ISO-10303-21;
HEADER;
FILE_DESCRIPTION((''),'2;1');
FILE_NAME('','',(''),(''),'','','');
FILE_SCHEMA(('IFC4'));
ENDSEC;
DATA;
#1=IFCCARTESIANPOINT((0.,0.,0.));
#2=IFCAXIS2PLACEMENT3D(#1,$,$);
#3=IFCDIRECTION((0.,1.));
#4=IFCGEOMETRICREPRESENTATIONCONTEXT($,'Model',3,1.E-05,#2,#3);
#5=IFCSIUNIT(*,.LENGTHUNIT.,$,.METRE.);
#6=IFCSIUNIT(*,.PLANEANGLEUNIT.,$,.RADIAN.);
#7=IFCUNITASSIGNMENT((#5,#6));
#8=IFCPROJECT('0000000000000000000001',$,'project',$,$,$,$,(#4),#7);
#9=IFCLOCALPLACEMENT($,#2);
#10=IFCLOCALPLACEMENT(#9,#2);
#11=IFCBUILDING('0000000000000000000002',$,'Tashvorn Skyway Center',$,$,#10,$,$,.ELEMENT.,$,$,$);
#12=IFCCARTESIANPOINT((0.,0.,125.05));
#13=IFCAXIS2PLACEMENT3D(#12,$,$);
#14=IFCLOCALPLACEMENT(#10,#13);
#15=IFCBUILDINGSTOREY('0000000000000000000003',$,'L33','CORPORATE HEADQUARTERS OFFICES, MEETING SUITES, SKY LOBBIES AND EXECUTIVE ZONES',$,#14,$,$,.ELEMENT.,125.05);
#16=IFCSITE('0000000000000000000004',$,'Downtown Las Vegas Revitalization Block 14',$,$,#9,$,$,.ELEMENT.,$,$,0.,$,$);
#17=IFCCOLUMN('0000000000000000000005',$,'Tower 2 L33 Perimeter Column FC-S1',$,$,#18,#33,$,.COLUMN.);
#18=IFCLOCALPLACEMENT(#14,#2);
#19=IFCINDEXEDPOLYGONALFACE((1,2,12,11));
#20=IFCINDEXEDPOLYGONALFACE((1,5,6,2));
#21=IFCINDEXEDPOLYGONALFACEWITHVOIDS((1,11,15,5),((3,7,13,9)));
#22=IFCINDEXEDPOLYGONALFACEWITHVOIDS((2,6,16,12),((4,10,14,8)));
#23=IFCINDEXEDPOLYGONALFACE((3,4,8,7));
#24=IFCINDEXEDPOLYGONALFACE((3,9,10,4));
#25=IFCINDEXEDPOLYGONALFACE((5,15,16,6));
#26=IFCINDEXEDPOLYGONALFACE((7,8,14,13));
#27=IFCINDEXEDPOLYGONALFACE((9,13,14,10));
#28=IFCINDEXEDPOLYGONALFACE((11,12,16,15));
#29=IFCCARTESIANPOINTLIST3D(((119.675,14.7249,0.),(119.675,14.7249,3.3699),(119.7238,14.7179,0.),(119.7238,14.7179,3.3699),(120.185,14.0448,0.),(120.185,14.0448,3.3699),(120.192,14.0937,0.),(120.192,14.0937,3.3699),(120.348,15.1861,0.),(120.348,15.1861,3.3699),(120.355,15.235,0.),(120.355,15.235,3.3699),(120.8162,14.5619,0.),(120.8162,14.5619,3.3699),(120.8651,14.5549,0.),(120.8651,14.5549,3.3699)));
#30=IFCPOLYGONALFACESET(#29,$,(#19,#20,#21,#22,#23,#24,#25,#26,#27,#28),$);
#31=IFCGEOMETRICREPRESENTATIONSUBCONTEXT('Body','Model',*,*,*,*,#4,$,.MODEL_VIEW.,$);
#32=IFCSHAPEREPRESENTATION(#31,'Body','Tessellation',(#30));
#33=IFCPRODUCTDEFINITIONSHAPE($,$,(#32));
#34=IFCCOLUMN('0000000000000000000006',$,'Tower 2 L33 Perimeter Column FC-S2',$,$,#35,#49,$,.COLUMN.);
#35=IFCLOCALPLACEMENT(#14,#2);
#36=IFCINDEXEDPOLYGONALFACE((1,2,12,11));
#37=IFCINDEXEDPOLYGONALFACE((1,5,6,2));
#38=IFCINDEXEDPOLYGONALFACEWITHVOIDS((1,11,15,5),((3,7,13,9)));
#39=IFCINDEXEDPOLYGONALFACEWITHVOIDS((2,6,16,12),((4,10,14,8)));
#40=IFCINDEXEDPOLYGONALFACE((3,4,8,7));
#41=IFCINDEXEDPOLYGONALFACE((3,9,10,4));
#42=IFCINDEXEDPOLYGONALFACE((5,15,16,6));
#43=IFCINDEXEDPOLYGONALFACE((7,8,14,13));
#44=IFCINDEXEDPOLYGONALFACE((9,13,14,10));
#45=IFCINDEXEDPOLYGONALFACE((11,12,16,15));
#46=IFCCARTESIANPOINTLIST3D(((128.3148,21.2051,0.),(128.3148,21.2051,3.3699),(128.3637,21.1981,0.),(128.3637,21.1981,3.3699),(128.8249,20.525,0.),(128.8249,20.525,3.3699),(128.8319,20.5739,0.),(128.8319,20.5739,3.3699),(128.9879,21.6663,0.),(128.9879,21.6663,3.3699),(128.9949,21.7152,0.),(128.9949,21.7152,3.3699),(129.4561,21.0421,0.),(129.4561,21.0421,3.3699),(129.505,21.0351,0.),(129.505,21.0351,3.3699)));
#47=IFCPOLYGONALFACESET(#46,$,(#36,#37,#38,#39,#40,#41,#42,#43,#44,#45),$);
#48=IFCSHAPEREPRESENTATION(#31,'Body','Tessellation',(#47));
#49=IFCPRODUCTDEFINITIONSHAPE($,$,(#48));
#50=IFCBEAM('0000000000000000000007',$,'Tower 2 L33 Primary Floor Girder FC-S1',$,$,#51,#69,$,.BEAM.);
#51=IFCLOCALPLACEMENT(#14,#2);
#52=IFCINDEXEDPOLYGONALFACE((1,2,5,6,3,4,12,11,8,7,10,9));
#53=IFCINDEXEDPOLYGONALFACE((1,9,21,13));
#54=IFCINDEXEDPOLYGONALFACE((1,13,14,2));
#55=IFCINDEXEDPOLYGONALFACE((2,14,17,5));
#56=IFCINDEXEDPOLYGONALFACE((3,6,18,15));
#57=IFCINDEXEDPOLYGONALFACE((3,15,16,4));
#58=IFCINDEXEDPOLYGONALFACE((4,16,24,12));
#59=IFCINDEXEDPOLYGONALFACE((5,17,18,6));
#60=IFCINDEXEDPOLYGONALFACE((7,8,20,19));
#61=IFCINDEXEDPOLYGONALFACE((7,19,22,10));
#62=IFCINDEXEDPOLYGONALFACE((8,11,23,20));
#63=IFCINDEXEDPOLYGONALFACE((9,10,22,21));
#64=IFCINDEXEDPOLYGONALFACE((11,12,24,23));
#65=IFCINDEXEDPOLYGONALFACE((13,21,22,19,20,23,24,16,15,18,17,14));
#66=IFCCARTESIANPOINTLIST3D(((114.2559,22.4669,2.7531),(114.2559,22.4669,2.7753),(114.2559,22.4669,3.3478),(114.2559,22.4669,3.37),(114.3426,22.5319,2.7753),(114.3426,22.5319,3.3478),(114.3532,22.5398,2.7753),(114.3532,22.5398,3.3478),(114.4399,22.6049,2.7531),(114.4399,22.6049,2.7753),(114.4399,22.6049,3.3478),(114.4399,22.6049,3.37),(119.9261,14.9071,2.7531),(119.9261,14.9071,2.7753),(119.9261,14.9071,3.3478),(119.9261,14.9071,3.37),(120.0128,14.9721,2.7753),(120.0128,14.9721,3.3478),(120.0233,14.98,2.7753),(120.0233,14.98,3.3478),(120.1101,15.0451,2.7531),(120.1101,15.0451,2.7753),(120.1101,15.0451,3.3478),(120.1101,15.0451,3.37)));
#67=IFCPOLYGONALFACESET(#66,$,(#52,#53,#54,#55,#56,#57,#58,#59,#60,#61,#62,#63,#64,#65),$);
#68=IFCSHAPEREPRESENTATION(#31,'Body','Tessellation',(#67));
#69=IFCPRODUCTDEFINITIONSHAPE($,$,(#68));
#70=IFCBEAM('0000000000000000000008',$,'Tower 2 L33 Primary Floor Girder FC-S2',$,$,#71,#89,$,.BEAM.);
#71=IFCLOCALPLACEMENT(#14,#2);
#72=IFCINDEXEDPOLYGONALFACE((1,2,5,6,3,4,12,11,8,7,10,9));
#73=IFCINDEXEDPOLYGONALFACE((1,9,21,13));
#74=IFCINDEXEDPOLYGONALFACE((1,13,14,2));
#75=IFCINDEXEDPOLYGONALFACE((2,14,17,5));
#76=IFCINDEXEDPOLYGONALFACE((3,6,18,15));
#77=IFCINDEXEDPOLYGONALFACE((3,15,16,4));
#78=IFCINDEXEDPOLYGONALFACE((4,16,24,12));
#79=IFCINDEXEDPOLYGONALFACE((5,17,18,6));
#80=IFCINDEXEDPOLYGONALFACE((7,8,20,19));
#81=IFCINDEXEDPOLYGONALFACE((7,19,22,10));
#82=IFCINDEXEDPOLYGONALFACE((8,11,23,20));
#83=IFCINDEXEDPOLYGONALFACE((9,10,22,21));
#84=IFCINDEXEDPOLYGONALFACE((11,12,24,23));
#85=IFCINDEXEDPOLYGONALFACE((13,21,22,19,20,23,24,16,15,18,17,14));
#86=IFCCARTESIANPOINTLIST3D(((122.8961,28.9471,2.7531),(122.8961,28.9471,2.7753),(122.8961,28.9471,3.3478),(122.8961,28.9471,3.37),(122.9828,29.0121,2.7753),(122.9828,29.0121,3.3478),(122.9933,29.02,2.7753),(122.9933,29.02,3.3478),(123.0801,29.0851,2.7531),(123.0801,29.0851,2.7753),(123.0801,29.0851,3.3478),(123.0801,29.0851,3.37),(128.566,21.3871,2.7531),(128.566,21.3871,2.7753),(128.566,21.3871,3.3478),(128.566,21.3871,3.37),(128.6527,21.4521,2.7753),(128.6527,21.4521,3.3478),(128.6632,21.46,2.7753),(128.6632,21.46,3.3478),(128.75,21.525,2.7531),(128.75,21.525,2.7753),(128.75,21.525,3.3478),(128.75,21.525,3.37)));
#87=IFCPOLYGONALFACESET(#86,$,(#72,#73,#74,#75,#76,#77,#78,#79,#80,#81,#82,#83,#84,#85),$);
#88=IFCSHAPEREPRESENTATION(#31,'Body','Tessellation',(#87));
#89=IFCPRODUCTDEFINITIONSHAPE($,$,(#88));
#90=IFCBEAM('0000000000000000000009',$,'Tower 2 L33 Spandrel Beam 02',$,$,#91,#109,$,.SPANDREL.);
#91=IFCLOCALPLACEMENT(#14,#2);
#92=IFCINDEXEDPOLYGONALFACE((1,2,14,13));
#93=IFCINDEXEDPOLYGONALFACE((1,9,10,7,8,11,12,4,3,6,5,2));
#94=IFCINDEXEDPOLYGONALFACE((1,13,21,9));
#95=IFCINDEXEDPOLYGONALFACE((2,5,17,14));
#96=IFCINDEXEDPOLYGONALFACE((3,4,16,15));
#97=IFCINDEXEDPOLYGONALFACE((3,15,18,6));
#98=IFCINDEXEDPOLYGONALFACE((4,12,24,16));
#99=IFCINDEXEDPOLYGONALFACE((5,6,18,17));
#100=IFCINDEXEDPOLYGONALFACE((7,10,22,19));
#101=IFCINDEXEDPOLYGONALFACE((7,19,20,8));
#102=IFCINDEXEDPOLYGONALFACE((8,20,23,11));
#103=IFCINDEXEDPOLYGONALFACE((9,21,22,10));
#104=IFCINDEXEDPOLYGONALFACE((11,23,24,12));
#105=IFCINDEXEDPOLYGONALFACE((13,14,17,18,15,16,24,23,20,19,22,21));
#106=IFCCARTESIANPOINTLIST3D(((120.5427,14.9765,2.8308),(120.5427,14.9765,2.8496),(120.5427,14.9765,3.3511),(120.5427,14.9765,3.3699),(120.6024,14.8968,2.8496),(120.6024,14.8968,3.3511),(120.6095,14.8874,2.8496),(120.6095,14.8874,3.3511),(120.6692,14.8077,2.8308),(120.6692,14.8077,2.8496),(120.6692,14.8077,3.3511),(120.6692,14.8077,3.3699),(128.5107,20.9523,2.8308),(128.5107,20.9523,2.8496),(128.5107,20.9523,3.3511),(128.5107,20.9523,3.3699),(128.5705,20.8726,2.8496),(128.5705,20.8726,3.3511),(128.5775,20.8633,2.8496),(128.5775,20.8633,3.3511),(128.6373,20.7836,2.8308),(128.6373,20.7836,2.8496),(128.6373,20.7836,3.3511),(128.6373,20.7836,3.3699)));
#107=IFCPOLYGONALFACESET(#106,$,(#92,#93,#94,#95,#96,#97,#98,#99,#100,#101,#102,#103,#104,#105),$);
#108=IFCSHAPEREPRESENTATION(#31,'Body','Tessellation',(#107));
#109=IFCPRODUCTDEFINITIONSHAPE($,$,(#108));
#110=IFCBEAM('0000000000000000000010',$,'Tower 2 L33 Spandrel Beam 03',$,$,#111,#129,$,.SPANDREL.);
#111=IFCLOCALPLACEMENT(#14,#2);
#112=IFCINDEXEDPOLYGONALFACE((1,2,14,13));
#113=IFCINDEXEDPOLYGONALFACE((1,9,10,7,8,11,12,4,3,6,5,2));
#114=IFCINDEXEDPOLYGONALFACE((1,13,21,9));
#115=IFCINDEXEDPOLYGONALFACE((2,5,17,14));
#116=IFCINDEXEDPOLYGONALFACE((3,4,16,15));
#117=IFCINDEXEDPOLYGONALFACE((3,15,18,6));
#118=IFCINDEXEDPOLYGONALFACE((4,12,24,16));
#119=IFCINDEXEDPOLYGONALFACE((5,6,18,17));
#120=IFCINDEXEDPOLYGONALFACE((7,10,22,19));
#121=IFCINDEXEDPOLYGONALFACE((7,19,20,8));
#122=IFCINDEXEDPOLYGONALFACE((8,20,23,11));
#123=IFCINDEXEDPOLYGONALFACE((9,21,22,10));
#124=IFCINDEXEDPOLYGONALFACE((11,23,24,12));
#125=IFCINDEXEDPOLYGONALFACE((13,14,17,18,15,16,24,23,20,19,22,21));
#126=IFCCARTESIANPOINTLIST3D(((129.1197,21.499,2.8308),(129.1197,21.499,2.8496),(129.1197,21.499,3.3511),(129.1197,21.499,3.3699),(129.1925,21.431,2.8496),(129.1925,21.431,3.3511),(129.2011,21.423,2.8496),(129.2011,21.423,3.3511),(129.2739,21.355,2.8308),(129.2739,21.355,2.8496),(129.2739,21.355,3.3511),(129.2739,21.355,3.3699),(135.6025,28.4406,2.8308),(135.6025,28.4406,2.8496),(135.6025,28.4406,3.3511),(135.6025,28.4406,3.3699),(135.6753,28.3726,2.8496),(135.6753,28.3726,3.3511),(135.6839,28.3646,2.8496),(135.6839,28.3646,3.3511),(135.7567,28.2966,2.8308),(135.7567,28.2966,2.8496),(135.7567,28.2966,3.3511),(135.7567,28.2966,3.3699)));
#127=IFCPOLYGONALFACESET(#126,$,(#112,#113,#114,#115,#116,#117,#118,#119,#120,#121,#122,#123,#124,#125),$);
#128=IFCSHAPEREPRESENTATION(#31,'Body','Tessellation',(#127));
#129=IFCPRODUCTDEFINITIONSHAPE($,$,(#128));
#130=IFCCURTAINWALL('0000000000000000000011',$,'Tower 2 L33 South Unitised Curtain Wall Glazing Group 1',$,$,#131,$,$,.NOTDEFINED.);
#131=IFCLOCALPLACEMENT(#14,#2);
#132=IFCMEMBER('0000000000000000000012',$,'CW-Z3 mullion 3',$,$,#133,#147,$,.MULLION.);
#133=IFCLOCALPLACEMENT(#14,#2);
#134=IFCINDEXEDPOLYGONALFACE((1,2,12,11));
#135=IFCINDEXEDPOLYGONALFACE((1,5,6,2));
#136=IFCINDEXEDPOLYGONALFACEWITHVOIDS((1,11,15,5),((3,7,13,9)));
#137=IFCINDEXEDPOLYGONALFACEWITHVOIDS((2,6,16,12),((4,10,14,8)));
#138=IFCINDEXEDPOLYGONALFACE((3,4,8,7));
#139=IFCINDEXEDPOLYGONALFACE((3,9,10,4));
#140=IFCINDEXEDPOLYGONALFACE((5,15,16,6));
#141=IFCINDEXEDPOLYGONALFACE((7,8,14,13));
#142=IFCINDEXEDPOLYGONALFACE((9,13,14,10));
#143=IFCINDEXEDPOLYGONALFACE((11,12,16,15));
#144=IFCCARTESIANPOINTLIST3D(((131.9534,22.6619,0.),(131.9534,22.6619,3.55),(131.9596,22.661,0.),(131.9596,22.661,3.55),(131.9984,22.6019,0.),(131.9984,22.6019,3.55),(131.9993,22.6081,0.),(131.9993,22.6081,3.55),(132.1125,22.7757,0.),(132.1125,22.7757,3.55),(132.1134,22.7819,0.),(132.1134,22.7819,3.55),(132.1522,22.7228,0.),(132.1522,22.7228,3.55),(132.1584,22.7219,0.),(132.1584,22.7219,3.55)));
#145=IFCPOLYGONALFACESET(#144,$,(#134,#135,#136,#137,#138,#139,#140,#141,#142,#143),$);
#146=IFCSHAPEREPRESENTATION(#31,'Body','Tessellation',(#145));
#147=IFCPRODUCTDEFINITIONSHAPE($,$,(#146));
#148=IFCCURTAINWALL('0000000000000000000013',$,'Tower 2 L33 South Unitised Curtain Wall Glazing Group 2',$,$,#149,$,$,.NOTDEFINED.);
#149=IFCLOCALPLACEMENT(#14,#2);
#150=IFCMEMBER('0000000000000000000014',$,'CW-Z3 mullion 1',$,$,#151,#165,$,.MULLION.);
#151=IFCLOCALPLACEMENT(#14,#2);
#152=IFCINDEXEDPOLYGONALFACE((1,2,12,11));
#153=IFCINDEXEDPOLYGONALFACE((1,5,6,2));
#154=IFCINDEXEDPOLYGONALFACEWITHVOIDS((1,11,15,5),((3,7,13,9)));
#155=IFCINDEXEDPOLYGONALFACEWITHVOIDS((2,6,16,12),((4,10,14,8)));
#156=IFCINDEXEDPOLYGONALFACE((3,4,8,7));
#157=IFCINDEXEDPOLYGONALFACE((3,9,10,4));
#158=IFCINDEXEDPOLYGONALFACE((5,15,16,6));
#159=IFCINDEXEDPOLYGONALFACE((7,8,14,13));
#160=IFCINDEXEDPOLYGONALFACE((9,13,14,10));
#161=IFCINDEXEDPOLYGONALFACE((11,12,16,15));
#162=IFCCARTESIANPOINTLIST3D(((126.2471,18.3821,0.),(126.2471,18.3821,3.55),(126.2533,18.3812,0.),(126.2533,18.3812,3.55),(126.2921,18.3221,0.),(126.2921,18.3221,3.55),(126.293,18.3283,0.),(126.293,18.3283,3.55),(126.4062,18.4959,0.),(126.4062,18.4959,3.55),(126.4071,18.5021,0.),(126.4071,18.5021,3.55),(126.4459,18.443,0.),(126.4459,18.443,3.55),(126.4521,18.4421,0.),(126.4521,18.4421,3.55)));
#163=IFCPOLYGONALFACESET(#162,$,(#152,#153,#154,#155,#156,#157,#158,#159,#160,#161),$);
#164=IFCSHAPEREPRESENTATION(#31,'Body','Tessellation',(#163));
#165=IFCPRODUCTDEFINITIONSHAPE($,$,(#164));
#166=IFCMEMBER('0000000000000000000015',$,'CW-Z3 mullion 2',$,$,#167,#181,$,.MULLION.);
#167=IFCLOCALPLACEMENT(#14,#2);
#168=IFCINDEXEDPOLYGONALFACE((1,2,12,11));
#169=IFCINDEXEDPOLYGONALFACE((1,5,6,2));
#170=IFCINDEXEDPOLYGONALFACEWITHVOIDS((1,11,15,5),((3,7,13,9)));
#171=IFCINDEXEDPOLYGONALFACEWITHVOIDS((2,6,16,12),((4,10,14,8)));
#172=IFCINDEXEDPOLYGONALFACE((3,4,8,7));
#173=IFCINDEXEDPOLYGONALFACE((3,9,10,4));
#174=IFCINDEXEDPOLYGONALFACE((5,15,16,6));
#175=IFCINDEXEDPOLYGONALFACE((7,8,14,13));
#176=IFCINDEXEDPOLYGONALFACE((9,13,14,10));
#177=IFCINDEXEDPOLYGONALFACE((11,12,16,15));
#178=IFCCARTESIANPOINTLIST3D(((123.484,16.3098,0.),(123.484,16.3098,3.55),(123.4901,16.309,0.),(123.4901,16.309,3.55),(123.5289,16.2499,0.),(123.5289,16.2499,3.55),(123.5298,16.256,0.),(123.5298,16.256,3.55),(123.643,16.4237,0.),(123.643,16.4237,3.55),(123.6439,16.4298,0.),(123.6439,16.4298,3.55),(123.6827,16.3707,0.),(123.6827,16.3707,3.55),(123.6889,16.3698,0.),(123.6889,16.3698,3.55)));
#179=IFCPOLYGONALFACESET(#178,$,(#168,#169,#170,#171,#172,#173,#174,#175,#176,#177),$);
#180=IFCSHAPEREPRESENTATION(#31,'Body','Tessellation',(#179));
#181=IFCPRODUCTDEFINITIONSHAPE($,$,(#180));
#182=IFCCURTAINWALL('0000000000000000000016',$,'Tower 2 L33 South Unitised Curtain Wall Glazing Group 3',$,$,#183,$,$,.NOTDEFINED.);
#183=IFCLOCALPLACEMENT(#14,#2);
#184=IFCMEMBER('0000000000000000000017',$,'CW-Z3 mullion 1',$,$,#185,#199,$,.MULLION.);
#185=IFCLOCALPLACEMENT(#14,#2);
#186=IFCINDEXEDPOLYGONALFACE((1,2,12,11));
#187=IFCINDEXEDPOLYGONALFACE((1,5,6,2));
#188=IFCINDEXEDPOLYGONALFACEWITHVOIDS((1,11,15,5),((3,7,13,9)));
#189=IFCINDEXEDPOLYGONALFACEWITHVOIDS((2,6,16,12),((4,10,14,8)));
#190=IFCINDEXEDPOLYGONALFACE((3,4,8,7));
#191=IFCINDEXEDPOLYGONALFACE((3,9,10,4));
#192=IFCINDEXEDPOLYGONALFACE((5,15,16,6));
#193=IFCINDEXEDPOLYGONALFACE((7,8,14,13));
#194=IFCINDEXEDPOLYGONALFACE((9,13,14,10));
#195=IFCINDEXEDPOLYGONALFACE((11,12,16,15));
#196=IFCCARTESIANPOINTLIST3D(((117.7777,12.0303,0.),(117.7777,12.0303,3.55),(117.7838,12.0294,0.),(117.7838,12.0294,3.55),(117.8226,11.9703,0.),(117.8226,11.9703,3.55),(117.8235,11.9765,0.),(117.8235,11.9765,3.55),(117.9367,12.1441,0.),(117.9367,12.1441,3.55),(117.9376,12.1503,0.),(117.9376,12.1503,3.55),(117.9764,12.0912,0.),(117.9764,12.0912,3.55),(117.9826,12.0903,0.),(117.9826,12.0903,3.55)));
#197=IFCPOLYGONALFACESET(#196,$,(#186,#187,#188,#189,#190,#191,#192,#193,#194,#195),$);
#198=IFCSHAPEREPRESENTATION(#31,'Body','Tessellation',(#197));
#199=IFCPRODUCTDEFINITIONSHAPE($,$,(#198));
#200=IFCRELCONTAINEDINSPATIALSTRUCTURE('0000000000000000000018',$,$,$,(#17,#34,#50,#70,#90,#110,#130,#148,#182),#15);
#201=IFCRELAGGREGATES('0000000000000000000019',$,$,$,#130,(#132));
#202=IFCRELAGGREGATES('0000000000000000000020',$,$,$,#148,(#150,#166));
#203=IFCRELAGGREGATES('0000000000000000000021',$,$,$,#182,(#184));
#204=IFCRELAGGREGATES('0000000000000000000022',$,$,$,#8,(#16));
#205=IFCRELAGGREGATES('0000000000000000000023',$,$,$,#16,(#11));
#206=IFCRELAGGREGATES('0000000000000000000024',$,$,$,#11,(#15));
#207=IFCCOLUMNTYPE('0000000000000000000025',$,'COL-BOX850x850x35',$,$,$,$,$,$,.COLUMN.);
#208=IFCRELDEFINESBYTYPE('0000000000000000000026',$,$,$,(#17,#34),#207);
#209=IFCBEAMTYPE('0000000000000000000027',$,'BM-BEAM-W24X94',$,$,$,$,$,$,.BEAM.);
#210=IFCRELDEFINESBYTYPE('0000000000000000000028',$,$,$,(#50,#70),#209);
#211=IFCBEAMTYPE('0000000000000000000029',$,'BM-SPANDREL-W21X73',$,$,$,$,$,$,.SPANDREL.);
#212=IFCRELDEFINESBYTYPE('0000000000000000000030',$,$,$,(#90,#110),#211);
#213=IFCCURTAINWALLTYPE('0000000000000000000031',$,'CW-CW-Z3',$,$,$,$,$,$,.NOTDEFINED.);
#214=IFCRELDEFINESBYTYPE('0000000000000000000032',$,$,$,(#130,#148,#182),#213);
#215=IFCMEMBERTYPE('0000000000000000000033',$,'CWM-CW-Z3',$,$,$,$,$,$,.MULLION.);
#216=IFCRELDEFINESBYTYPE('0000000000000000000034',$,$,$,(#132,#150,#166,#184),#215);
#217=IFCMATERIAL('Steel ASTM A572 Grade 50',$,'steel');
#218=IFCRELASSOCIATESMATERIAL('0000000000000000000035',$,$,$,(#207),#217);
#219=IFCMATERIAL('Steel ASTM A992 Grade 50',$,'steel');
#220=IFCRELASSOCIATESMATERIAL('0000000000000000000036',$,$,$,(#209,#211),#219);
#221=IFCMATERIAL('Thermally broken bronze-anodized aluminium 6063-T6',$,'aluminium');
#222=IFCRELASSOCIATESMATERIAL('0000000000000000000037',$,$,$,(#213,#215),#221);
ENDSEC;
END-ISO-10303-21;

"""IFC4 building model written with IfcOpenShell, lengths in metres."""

from ifc_helpers import new_model, si_unit, direction, frame, origin, origin_2d, place, context, subcontext, project, spatial, hollow_rectangle, i_section, extrude, material, material_profile, profile_set, type_object, element, aggregate, save


model = new_model("IFC4")

# Units and contexts
model_context = context("Model", 3, precision=1e-05, world=origin(), true_north=direction((0.0, 1.0)))
body_context = subcontext(model_context, "Body", "Model", "MODEL_VIEW")
ifc_project = project(units=[si_unit("LENGTHUNIT", "METRE"), si_unit("PLANEANGLEUNIT", "RADIAN")], contexts=[model_context])

# Site, building, storey
site_placement = place(None, origin())
site = spatial("IfcSite", under=ifc_project, at=site_placement, Name="Downtown Las Vegas Revitalization Block 14", CompositionType="ELEMENT", RefElevation=0.0)
building_placement = place(site_placement, origin())
building = spatial("IfcBuilding", under=site, at=building_placement, Name="Tashvorn Skyway Center", CompositionType="ELEMENT")
storey_placement = place(building_placement, frame((0.0, 0.0, 125.05)))
storey = spatial("IfcBuildingStorey", under=building, at=storey_placement, Name="L33", Description="CORPORATE HEADQUARTERS OFFICES, MEETING SUITES, SKY LOBBIES AND EXECUTIVE ZONES", CompositionType="ELEMENT", Elevation=125.05)

# Columns
ifc_material_1 = material(Name="Steel ASTM A572 Grade 50", Category="steel")
ifc_material_profile_1 = material_profile(ifc_material_1, hollow_rectangle(XDim=0.8501, YDim=0.8501, WallThickness=0.0349, at=origin_2d()), Name="BOX850x850x35")
ifc_profile_set_1 = profile_set([ifc_material_profile_1], Name="Steel ASTM A572 Grade 50")
column_type = type_object("IfcColumnType", Name="COL-BOX850x850x35", PredefinedType="COLUMN", material=ifc_profile_set_1)
for number, where, z_axis, x_axis, name in (
    (1, (120.27, 14.6399, 0.0), (0.0, 0.0, 1.0), (0.8, 0.6, 0.0), "Tower 2 L33 Perimeter Column FC-S1"),
    (2, (128.9099, 21.1201, 0.0), (0.0, 0.0, 1.0), (0.8, 0.6, 0.0), "Tower 2 L33 Perimeter Column FC-S2"),
):
    element("IfcColumn", number, at=place(storey_placement, frame(where, z_axis=z_axis, x_axis=x_axis)), inside=storey, type_object=column_type, Name=name, PredefinedType="COLUMN", context=body_context, shape_type="SweptSolid", body=[
        extrude(hollow_rectangle(XDim=0.8501, YDim=0.8501, WallThickness=0.0349, at=origin_2d()), origin(), (0.0, 0.0, 1.0), 3.3699),
    ])

# Beams
ifc_material_2 = material(Name="Steel ASTM A992 Grade 50", Category="steel")
ifc_material_profile_2 = material_profile(ifc_material_2, i_section(OverallWidth=0.23, OverallDepth=0.6169, WebThickness=0.0132, FlangeThickness=0.0222, at=origin_2d()), Name="W24X94")
ifc_profile_set_2 = profile_set([ifc_material_profile_2], Name="Steel ASTM A992 Grade 50")
beam_type_1 = type_object("IfcBeamType", Name="BM-BEAM-W24X94", PredefinedType="BEAM", material=ifc_profile_set_2)
for number, where, z_axis, x_axis, name in (
    (3, (120.0181, 14.9761, 3.0615), (-0.600021, 0.799984, 0.0), (-0.799984, -0.600021, 0.0), "Tower 2 L33 Primary Floor Girder FC-S1"),
    (4, (128.658, 21.4561, 3.0615), (-0.599992, 0.800006, 0.0), (-0.800006, -0.599992, 0.0), "Tower 2 L33 Primary Floor Girder FC-S2"),
):
    element("IfcBeam", number, at=place(storey_placement, frame(where, z_axis=z_axis, x_axis=x_axis)), inside=storey, type_object=beam_type_1, Name=name, PredefinedType="BEAM", context=body_context, shape_type="SweptSolid", body=[
        extrude(i_section(OverallWidth=0.23, OverallDepth=0.6169, WebThickness=0.0132, FlangeThickness=0.0222, at=origin_2d()), origin(), (0.0, 0.0, 1.0), 9.45),
    ])
ifc_material_profile_3 = material_profile(ifc_material_2, i_section(OverallWidth=0.2109, OverallDepth=0.5391, WebThickness=0.0117, FlangeThickness=0.0188, at=origin_2d()), Name="W21X73")
ifc_profile_set_3 = profile_set([ifc_material_profile_3], Name="Steel ASTM A992 Grade 50")
beam_type_2 = type_object("IfcBeamType", Name="BM-SPANDREL-W21X73", PredefinedType="SPANDREL", material=ifc_profile_set_3)
beam_1_placement = place(storey_placement, frame((120.606, 14.8921, 3.1003), z_axis=(0.800009, 0.599988, 0.0), x_axis=(-0.599988, 0.800009, 0.0)))
element("IfcBeam", 5, at=beam_1_placement, inside=storey, type_object=beam_type_2, Name="Tower 2 L33 Spandrel Beam 02", PredefinedType="SPANDREL", context=body_context, shape_type="SweptSolid", body=[
    extrude(i_section(OverallWidth=0.2109, OverallDepth=0.5391, WebThickness=0.0117, FlangeThickness=0.0188, at=origin_2d()), origin(), (0.0, 0.0, 1.0), 9.96),
])
beam_2_placement = place(storey_placement, frame((129.1968, 21.427, 3.1003), z_axis=(0.682545, 0.730843, 0.0), x_axis=(-0.730843, 0.682545, 0.0)))
element("IfcBeam", 6, at=beam_2_placement, inside=storey, type_object=beam_type_2, Name="Tower 2 L33 Spandrel Beam 03", PredefinedType="SPANDREL", context=body_context, shape_type="SweptSolid", body=[
    extrude(i_section(OverallWidth=0.2109, OverallDepth=0.5391, WebThickness=0.0117, FlangeThickness=0.0188, at=origin_2d()), origin(), (0.0, 0.0, 1.0), 9.498),
])

# Curtain wall, member
ifc_material_3 = material(Name="Thermally broken bronze-anodized aluminium 6063-T6", Category="aluminium")
curtain_wall_type = type_object("IfcCurtainWallType", Name="CW-CW-Z3", PredefinedType="NOTDEFINED", material=ifc_material_3)
curtain_wall_1_placement = place(storey_placement, origin())
curtain_wall_1 = element("IfcCurtainWall", 7, at=curtain_wall_1_placement, inside=storey, type_object=curtain_wall_type, Name="Tower 2 L33 South Unitised Curtain Wall Glazing Group 1", PredefinedType="NOTDEFINED")
ifc_material_profile_4 = material_profile(ifc_material_3, hollow_rectangle(XDim=0.075, YDim=0.2, WallThickness=0.0044, at=origin_2d()), Name="ALU-MULL-75x200")
ifc_profile_set_4 = profile_set([ifc_material_profile_4], Name="Thermally broken bronze-anodized aluminium 6063-T6")
member_type_1 = type_object("IfcMemberType", Name="CWM-CW-Z3", PredefinedType="MULLION", material=ifc_profile_set_4)
member_1_placement = place(storey_placement, frame((132.0559, 22.6919, 0.0), z_axis=(0.0, 0.0, 1.0), x_axis=(0.600005, -0.799997, 0.0)))
member_1 = element("IfcMember", 8, at=member_1_placement, type_object=member_type_1, Name="CW-Z3 mullion 3", PredefinedType="MULLION", context=body_context, shape_type="SweptSolid", body=[
    extrude(hollow_rectangle(XDim=0.075, YDim=0.2, WallThickness=0.0044, at=origin_2d()), origin(), (0.0, 0.0, 1.0), 3.55),
])

# Curtain walls, members
curtain_wall_2_placement = place(storey_placement, origin())
curtain_wall_2 = element("IfcCurtainWall", 9, at=curtain_wall_2_placement, inside=storey, type_object=curtain_wall_type, Name="Tower 2 L33 South Unitised Curtain Wall Glazing Group 2", PredefinedType="NOTDEFINED")
member_2_placement = place(storey_placement, frame((126.3496, 18.4121, 0.0), z_axis=(0.0, 0.0, 1.0), x_axis=(0.6, -0.8, 0.0)))
member_2 = element("IfcMember", 10, at=member_2_placement, type_object=member_type_1, Name="CW-Z3 mullion 1", PredefinedType="MULLION", context=body_context, shape_type="SweptSolid", body=[
    extrude(hollow_rectangle(XDim=0.075, YDim=0.2, WallThickness=0.0044, at=origin_2d()), origin(), (0.0, 0.0, 1.0), 3.55),
])
member_3_placement = place(storey_placement, frame((123.5864, 16.3398, 0.0), z_axis=(0.0, 0.0, 1.0), x_axis=(0.6, -0.8, 0.0)))
member_3 = element("IfcMember", 11, at=member_3_placement, type_object=member_type_1, Name="CW-Z3 mullion 2", PredefinedType="MULLION", context=body_context, shape_type="SweptSolid", body=[
    extrude(hollow_rectangle(XDim=0.075, YDim=0.2, WallThickness=0.0044, at=origin_2d()), origin(), (0.0, 0.0, 1.0), 3.55),
])
curtain_wall_3_placement = place(storey_placement, origin())
curtain_wall_3 = element("IfcCurtainWall", 12, at=curtain_wall_3_placement, inside=storey, type_object=curtain_wall_type, Name="Tower 2 L33 South Unitised Curtain Wall Glazing Group 3", PredefinedType="NOTDEFINED")
member_4_placement = place(storey_placement, frame((117.8801, 12.0603, 0.0), z_axis=(0.0, 0.0, 1.0), x_axis=(0.600005, -0.799997, 0.0)))
member_4 = element("IfcMember", 13, at=member_4_placement, type_object=member_type_1, Name="CW-Z3 mullion 1", PredefinedType="MULLION", context=body_context, shape_type="SweptSolid", body=[
    extrude(hollow_rectangle(XDim=0.075, YDim=0.2, WallThickness=0.0044, at=origin_2d()), origin(), (0.0, 0.0, 1.0), 3.55),
])

aggregate(curtain_wall_1, [member_1])
aggregate(curtain_wall_2, [member_2, member_3])
aggregate(curtain_wall_3, [member_4])

save(model, "model.ifc")
